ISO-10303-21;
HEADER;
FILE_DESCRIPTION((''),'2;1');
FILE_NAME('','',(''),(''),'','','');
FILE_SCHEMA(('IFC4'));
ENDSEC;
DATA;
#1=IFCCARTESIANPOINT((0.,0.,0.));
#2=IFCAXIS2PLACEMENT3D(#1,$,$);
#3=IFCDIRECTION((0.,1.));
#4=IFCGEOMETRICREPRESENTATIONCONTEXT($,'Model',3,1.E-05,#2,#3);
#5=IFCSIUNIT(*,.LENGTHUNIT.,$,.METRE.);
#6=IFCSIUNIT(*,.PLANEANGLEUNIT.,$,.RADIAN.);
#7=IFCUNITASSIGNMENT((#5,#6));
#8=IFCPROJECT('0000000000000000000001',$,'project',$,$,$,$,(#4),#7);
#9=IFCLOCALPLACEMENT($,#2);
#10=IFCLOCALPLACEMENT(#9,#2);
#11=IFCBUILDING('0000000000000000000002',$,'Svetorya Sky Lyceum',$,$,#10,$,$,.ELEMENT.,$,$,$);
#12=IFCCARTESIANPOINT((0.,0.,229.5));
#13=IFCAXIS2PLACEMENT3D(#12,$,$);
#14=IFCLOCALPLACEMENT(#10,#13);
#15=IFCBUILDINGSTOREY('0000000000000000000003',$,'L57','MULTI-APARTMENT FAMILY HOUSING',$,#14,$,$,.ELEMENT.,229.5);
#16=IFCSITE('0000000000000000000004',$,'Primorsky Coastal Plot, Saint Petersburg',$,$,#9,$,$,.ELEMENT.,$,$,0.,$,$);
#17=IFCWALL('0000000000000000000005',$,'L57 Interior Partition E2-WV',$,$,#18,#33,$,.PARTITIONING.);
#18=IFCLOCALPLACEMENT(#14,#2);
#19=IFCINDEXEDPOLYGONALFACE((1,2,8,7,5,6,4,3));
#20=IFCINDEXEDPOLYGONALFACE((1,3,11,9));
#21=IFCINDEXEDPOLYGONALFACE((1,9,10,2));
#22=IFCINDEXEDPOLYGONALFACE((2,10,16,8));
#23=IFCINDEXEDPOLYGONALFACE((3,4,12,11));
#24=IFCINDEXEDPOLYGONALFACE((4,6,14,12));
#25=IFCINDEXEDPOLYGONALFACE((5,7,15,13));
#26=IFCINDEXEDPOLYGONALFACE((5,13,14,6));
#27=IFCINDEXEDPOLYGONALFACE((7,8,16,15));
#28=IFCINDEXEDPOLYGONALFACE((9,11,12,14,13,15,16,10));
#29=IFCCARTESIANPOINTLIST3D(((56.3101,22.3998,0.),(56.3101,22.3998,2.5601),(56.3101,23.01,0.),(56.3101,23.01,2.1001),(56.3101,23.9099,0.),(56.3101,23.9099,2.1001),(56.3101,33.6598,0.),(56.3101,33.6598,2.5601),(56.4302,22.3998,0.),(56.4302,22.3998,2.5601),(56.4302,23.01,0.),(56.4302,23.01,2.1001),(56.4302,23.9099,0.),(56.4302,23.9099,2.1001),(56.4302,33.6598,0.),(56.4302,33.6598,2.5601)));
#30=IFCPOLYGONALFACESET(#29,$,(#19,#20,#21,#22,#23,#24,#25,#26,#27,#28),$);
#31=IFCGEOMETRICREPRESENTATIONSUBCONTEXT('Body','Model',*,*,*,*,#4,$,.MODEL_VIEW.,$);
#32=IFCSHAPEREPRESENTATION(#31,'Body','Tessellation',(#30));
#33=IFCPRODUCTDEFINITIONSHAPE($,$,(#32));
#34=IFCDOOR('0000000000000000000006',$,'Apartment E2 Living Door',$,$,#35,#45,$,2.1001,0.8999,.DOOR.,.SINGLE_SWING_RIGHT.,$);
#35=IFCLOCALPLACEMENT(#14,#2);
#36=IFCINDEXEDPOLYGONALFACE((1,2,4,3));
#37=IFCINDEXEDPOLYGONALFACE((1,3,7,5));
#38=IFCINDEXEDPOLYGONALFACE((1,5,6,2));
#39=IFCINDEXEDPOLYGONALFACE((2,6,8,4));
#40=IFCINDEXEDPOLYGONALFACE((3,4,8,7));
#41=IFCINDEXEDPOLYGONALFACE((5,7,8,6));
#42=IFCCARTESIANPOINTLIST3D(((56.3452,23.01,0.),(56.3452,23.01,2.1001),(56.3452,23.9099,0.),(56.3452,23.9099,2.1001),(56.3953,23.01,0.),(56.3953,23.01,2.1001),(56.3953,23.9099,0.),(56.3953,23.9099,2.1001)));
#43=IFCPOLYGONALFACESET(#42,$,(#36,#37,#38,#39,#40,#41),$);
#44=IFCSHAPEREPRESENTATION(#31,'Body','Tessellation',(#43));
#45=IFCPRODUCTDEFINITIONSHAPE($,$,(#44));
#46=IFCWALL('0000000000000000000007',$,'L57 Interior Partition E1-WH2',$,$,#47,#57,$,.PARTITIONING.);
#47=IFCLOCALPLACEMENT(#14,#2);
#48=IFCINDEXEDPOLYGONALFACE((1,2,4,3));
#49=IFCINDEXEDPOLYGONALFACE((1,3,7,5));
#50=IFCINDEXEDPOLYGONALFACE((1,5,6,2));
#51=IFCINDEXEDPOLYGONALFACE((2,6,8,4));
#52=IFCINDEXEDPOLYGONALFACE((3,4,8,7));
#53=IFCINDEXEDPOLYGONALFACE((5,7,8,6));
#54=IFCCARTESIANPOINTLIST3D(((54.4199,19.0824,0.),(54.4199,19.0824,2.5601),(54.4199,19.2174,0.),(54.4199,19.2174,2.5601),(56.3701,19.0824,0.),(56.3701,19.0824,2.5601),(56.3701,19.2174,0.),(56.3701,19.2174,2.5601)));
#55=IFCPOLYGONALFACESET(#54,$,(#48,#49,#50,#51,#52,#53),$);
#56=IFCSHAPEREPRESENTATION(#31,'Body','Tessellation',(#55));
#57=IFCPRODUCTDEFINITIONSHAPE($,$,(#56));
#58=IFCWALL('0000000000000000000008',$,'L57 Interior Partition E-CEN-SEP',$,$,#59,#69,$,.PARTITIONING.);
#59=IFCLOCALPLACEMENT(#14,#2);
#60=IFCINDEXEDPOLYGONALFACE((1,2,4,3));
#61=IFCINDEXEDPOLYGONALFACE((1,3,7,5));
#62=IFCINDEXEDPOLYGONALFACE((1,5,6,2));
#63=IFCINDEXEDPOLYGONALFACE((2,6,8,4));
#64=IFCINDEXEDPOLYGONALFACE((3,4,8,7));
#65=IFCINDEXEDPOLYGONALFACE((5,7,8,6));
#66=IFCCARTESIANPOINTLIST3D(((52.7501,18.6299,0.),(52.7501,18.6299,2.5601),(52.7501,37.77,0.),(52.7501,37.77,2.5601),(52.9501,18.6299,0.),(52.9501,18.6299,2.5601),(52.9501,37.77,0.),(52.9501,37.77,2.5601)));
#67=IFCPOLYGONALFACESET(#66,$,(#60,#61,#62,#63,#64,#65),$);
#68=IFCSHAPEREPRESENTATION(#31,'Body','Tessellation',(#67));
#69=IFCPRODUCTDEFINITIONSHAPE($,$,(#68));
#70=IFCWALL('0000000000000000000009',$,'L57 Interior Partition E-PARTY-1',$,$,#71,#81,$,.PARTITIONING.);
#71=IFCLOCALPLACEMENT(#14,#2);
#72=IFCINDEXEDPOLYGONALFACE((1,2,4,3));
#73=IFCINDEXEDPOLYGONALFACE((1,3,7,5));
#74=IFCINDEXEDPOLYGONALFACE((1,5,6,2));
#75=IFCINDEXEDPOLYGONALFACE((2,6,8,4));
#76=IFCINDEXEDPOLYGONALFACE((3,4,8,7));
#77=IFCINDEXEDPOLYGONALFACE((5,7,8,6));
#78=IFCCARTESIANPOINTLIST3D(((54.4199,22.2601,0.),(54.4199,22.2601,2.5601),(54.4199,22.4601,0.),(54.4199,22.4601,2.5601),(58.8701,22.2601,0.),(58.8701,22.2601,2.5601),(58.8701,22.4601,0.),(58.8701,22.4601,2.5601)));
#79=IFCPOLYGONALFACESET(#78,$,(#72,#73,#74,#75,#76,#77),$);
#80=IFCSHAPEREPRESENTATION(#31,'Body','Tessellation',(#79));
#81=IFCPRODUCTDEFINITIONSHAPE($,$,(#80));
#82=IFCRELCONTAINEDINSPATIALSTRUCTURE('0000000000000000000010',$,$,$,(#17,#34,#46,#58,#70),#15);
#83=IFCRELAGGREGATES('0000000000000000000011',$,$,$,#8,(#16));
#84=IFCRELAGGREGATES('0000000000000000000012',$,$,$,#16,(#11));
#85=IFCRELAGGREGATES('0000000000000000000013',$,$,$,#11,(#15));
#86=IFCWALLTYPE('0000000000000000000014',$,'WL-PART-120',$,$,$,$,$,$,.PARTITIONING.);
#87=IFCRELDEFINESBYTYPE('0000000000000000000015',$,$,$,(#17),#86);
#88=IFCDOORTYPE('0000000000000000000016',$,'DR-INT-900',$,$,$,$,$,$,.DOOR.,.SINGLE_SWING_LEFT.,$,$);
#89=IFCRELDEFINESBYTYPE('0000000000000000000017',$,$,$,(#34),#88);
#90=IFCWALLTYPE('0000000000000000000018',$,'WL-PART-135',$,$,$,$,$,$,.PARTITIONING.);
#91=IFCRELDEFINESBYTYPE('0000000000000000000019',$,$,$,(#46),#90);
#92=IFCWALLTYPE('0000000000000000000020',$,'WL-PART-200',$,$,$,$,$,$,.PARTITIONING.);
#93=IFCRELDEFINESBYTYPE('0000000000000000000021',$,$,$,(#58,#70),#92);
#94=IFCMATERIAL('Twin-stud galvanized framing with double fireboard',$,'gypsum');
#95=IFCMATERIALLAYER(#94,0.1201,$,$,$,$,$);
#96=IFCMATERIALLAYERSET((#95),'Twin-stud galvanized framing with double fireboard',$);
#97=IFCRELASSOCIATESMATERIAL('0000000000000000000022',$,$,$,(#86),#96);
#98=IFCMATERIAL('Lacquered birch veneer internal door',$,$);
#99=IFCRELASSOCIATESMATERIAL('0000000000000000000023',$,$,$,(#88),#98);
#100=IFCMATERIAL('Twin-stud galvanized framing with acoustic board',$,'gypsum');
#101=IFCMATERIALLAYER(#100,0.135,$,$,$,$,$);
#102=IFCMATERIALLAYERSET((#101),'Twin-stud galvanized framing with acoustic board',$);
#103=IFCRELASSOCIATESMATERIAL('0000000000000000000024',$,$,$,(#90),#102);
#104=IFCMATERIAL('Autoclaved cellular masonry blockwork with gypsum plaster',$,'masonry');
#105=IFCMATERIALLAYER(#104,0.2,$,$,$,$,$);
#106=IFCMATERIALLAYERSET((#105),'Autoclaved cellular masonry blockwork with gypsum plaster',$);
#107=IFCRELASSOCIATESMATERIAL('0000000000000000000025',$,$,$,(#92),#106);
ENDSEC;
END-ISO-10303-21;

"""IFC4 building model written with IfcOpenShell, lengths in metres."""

from ifc_helpers import new_model, si_unit, direction, frame, frame_2d, origin, place, context, subcontext, project, spatial, rectangle, extrude, material, layer, layer_set, type_object, element, fill, save


model = new_model("IFC4")

# Units and contexts
model_context = context("Model", 3, precision=1e-05, world=origin(), true_north=direction((0.0, 1.0)))
body_context = subcontext(model_context, "Body", "Model", "MODEL_VIEW")
ifc_project = project(units=[si_unit("LENGTHUNIT", "METRE"), si_unit("PLANEANGLEUNIT", "RADIAN")], contexts=[model_context])

# Site, building, storey
site_placement = place(None, origin())
site = spatial("IfcSite", under=ifc_project, at=site_placement, Name="Primorsky Coastal Plot, Saint Petersburg", CompositionType="ELEMENT", RefElevation=0.0)
building_placement = place(site_placement, origin())
building = spatial("IfcBuilding", under=site, at=building_placement, Name="Svetorya Sky Lyceum", CompositionType="ELEMENT")
storey_placement = place(building_placement, frame((0.0, 0.0, 229.5)))
storey = spatial("IfcBuildingStorey", under=building, at=storey_placement, Name="L57", Description="MULTI-APARTMENT FAMILY HOUSING", CompositionType="ELEMENT", Elevation=229.5)

# Wall, opening, door
ifc_material_1 = material(Name="Twin-stud galvanized framing with double fireboard", Category="gypsum")
ifc_layer_1 = layer(ifc_material_1, 0.1201)
ifc_layer_set_1 = layer_set([ifc_layer_1], Name="Twin-stud galvanized framing with double fireboard")
wall_type_1 = type_object("IfcWallType", Name="WL-PART-120", PredefinedType="PARTITIONING", material=ifc_layer_set_1)
wall_1_placement = place(storey_placement, frame((56.3701, 22.3999, 0.0), z_axis=(0.0, 0.0, 1.0), x_axis=(0.0, 1.0, 0.0)))
wall_1 = element("IfcWall", 1, at=wall_1_placement, inside=storey, type_object=wall_type_1, Name="L57 Interior Partition E2-WV", PredefinedType="PARTITIONING", context=body_context, shape_type="SweptSolid", body=[
    extrude(rectangle(XDim=11.26, YDim=0.1201, at=frame_2d((5.6299, 0.0))), origin(), (0.0, 0.0, 1.0), 2.5601),
])
opening_1_placement = place(wall_1_placement, frame((0.6101, 0.0, 0.0)))
opening_1 = element("IfcOpeningElement", 2, at=opening_1_placement, cuts=wall_1, PredefinedType="OPENING", context=body_context, shape_type="SweptSolid", body=[
    extrude(rectangle(XDim=0.8999, YDim=2.1001, at=frame_2d((0.45, 1.05))), frame((0.0, 0.0701, 0.0), z_axis=(0.0, -1.0, 0.0), x_axis=(1.0, 0.0, 0.0)), (0.0, 0.0, 1.0), 0.1401),
])
ifc_material_2 = material(Name="Lacquered birch veneer internal door")
door_type_1 = type_object("IfcDoorType", Name="DR-INT-900", OperationType="SINGLE_SWING_LEFT", PredefinedType="DOOR", material=ifc_material_2)
door_1_placement = place(opening_1_placement, origin())
door_1 = element("IfcDoor", 3, at=door_1_placement, inside=storey, type_object=door_type_1, Name="Apartment E2 Living Door", OperationType="SINGLE_SWING_RIGHT", OverallHeight=2.1001, OverallWidth=0.8999, PredefinedType="DOOR", context=body_context, shape_type="SweptSolid", body=[
    extrude(rectangle(XDim=0.8999, YDim=2.1001, at=frame_2d((0.45, 1.05))), frame((0.0, 0.0249, 0.0), z_axis=(0.0, -1.0, 0.0), x_axis=(1.0, 0.0, 0.0)), (0.0, 0.0, 1.0), 0.05),
])
fill(opening_1, door_1)

# Walls
ifc_material_3 = material(Name="Twin-stud galvanized framing with acoustic board", Category="gypsum")
ifc_layer_2 = layer(ifc_material_3, 0.135)
ifc_layer_set_2 = layer_set([ifc_layer_2], Name="Twin-stud galvanized framing with acoustic board")
wall_type_2 = type_object("IfcWallType", Name="WL-PART-135", PredefinedType="PARTITIONING", material=ifc_layer_set_2)
wall_2_placement = place(storey_placement, frame((54.4199, 19.1499, 0.0), z_axis=(0.0, 0.0, 1.0), x_axis=(1.0, 0.0, 0.0)))
element("IfcWall", 4, at=wall_2_placement, inside=storey, type_object=wall_type_2, Name="L57 Interior Partition E1-WH2", PredefinedType="PARTITIONING", context=body_context, shape_type="SweptSolid", body=[
    extrude(rectangle(XDim=1.9502, YDim=0.135, at=frame_2d((0.9751, 0.0))), origin(), (0.0, 0.0, 1.0), 2.5601),
])
ifc_material_4 = material(Name="Autoclaved cellular masonry blockwork with gypsum plaster", Category="masonry")
ifc_layer_3 = layer(ifc_material_4, 0.2)
ifc_layer_set_3 = layer_set([ifc_layer_3], Name="Autoclaved cellular masonry blockwork with gypsum plaster")
wall_type_3 = type_object("IfcWallType", Name="WL-PART-200", PredefinedType="PARTITIONING", material=ifc_layer_set_3)
wall_3_placement = place(storey_placement, frame((52.8501, 18.6299, 0.0), z_axis=(0.0, 0.0, 1.0), x_axis=(0.0, 1.0, 0.0)))
element("IfcWall", 5, at=wall_3_placement, inside=storey, type_object=wall_type_3, Name="L57 Interior Partition E-CEN-SEP", PredefinedType="PARTITIONING", context=body_context, shape_type="SweptSolid", body=[
    extrude(rectangle(XDim=19.1401, YDim=0.2, at=frame_2d((9.5701, 0.0))), origin(), (0.0, 0.0, 1.0), 2.5601),
])
wall_4_placement = place(storey_placement, frame((54.4199, 22.3601, 0.0), z_axis=(0.0, 0.0, 1.0), x_axis=(1.0, 0.0, 0.0)))
element("IfcWall", 6, at=wall_4_placement, inside=storey, type_object=wall_type_3, Name="L57 Interior Partition E-PARTY-1", PredefinedType="PARTITIONING", context=body_context, shape_type="SweptSolid", body=[
    extrude(rectangle(XDim=4.4502, YDim=0.2, at=frame_2d((2.2251, 0.0))), origin(), (0.0, 0.0, 1.0), 2.5601),
])

save(model, "model.ifc")
